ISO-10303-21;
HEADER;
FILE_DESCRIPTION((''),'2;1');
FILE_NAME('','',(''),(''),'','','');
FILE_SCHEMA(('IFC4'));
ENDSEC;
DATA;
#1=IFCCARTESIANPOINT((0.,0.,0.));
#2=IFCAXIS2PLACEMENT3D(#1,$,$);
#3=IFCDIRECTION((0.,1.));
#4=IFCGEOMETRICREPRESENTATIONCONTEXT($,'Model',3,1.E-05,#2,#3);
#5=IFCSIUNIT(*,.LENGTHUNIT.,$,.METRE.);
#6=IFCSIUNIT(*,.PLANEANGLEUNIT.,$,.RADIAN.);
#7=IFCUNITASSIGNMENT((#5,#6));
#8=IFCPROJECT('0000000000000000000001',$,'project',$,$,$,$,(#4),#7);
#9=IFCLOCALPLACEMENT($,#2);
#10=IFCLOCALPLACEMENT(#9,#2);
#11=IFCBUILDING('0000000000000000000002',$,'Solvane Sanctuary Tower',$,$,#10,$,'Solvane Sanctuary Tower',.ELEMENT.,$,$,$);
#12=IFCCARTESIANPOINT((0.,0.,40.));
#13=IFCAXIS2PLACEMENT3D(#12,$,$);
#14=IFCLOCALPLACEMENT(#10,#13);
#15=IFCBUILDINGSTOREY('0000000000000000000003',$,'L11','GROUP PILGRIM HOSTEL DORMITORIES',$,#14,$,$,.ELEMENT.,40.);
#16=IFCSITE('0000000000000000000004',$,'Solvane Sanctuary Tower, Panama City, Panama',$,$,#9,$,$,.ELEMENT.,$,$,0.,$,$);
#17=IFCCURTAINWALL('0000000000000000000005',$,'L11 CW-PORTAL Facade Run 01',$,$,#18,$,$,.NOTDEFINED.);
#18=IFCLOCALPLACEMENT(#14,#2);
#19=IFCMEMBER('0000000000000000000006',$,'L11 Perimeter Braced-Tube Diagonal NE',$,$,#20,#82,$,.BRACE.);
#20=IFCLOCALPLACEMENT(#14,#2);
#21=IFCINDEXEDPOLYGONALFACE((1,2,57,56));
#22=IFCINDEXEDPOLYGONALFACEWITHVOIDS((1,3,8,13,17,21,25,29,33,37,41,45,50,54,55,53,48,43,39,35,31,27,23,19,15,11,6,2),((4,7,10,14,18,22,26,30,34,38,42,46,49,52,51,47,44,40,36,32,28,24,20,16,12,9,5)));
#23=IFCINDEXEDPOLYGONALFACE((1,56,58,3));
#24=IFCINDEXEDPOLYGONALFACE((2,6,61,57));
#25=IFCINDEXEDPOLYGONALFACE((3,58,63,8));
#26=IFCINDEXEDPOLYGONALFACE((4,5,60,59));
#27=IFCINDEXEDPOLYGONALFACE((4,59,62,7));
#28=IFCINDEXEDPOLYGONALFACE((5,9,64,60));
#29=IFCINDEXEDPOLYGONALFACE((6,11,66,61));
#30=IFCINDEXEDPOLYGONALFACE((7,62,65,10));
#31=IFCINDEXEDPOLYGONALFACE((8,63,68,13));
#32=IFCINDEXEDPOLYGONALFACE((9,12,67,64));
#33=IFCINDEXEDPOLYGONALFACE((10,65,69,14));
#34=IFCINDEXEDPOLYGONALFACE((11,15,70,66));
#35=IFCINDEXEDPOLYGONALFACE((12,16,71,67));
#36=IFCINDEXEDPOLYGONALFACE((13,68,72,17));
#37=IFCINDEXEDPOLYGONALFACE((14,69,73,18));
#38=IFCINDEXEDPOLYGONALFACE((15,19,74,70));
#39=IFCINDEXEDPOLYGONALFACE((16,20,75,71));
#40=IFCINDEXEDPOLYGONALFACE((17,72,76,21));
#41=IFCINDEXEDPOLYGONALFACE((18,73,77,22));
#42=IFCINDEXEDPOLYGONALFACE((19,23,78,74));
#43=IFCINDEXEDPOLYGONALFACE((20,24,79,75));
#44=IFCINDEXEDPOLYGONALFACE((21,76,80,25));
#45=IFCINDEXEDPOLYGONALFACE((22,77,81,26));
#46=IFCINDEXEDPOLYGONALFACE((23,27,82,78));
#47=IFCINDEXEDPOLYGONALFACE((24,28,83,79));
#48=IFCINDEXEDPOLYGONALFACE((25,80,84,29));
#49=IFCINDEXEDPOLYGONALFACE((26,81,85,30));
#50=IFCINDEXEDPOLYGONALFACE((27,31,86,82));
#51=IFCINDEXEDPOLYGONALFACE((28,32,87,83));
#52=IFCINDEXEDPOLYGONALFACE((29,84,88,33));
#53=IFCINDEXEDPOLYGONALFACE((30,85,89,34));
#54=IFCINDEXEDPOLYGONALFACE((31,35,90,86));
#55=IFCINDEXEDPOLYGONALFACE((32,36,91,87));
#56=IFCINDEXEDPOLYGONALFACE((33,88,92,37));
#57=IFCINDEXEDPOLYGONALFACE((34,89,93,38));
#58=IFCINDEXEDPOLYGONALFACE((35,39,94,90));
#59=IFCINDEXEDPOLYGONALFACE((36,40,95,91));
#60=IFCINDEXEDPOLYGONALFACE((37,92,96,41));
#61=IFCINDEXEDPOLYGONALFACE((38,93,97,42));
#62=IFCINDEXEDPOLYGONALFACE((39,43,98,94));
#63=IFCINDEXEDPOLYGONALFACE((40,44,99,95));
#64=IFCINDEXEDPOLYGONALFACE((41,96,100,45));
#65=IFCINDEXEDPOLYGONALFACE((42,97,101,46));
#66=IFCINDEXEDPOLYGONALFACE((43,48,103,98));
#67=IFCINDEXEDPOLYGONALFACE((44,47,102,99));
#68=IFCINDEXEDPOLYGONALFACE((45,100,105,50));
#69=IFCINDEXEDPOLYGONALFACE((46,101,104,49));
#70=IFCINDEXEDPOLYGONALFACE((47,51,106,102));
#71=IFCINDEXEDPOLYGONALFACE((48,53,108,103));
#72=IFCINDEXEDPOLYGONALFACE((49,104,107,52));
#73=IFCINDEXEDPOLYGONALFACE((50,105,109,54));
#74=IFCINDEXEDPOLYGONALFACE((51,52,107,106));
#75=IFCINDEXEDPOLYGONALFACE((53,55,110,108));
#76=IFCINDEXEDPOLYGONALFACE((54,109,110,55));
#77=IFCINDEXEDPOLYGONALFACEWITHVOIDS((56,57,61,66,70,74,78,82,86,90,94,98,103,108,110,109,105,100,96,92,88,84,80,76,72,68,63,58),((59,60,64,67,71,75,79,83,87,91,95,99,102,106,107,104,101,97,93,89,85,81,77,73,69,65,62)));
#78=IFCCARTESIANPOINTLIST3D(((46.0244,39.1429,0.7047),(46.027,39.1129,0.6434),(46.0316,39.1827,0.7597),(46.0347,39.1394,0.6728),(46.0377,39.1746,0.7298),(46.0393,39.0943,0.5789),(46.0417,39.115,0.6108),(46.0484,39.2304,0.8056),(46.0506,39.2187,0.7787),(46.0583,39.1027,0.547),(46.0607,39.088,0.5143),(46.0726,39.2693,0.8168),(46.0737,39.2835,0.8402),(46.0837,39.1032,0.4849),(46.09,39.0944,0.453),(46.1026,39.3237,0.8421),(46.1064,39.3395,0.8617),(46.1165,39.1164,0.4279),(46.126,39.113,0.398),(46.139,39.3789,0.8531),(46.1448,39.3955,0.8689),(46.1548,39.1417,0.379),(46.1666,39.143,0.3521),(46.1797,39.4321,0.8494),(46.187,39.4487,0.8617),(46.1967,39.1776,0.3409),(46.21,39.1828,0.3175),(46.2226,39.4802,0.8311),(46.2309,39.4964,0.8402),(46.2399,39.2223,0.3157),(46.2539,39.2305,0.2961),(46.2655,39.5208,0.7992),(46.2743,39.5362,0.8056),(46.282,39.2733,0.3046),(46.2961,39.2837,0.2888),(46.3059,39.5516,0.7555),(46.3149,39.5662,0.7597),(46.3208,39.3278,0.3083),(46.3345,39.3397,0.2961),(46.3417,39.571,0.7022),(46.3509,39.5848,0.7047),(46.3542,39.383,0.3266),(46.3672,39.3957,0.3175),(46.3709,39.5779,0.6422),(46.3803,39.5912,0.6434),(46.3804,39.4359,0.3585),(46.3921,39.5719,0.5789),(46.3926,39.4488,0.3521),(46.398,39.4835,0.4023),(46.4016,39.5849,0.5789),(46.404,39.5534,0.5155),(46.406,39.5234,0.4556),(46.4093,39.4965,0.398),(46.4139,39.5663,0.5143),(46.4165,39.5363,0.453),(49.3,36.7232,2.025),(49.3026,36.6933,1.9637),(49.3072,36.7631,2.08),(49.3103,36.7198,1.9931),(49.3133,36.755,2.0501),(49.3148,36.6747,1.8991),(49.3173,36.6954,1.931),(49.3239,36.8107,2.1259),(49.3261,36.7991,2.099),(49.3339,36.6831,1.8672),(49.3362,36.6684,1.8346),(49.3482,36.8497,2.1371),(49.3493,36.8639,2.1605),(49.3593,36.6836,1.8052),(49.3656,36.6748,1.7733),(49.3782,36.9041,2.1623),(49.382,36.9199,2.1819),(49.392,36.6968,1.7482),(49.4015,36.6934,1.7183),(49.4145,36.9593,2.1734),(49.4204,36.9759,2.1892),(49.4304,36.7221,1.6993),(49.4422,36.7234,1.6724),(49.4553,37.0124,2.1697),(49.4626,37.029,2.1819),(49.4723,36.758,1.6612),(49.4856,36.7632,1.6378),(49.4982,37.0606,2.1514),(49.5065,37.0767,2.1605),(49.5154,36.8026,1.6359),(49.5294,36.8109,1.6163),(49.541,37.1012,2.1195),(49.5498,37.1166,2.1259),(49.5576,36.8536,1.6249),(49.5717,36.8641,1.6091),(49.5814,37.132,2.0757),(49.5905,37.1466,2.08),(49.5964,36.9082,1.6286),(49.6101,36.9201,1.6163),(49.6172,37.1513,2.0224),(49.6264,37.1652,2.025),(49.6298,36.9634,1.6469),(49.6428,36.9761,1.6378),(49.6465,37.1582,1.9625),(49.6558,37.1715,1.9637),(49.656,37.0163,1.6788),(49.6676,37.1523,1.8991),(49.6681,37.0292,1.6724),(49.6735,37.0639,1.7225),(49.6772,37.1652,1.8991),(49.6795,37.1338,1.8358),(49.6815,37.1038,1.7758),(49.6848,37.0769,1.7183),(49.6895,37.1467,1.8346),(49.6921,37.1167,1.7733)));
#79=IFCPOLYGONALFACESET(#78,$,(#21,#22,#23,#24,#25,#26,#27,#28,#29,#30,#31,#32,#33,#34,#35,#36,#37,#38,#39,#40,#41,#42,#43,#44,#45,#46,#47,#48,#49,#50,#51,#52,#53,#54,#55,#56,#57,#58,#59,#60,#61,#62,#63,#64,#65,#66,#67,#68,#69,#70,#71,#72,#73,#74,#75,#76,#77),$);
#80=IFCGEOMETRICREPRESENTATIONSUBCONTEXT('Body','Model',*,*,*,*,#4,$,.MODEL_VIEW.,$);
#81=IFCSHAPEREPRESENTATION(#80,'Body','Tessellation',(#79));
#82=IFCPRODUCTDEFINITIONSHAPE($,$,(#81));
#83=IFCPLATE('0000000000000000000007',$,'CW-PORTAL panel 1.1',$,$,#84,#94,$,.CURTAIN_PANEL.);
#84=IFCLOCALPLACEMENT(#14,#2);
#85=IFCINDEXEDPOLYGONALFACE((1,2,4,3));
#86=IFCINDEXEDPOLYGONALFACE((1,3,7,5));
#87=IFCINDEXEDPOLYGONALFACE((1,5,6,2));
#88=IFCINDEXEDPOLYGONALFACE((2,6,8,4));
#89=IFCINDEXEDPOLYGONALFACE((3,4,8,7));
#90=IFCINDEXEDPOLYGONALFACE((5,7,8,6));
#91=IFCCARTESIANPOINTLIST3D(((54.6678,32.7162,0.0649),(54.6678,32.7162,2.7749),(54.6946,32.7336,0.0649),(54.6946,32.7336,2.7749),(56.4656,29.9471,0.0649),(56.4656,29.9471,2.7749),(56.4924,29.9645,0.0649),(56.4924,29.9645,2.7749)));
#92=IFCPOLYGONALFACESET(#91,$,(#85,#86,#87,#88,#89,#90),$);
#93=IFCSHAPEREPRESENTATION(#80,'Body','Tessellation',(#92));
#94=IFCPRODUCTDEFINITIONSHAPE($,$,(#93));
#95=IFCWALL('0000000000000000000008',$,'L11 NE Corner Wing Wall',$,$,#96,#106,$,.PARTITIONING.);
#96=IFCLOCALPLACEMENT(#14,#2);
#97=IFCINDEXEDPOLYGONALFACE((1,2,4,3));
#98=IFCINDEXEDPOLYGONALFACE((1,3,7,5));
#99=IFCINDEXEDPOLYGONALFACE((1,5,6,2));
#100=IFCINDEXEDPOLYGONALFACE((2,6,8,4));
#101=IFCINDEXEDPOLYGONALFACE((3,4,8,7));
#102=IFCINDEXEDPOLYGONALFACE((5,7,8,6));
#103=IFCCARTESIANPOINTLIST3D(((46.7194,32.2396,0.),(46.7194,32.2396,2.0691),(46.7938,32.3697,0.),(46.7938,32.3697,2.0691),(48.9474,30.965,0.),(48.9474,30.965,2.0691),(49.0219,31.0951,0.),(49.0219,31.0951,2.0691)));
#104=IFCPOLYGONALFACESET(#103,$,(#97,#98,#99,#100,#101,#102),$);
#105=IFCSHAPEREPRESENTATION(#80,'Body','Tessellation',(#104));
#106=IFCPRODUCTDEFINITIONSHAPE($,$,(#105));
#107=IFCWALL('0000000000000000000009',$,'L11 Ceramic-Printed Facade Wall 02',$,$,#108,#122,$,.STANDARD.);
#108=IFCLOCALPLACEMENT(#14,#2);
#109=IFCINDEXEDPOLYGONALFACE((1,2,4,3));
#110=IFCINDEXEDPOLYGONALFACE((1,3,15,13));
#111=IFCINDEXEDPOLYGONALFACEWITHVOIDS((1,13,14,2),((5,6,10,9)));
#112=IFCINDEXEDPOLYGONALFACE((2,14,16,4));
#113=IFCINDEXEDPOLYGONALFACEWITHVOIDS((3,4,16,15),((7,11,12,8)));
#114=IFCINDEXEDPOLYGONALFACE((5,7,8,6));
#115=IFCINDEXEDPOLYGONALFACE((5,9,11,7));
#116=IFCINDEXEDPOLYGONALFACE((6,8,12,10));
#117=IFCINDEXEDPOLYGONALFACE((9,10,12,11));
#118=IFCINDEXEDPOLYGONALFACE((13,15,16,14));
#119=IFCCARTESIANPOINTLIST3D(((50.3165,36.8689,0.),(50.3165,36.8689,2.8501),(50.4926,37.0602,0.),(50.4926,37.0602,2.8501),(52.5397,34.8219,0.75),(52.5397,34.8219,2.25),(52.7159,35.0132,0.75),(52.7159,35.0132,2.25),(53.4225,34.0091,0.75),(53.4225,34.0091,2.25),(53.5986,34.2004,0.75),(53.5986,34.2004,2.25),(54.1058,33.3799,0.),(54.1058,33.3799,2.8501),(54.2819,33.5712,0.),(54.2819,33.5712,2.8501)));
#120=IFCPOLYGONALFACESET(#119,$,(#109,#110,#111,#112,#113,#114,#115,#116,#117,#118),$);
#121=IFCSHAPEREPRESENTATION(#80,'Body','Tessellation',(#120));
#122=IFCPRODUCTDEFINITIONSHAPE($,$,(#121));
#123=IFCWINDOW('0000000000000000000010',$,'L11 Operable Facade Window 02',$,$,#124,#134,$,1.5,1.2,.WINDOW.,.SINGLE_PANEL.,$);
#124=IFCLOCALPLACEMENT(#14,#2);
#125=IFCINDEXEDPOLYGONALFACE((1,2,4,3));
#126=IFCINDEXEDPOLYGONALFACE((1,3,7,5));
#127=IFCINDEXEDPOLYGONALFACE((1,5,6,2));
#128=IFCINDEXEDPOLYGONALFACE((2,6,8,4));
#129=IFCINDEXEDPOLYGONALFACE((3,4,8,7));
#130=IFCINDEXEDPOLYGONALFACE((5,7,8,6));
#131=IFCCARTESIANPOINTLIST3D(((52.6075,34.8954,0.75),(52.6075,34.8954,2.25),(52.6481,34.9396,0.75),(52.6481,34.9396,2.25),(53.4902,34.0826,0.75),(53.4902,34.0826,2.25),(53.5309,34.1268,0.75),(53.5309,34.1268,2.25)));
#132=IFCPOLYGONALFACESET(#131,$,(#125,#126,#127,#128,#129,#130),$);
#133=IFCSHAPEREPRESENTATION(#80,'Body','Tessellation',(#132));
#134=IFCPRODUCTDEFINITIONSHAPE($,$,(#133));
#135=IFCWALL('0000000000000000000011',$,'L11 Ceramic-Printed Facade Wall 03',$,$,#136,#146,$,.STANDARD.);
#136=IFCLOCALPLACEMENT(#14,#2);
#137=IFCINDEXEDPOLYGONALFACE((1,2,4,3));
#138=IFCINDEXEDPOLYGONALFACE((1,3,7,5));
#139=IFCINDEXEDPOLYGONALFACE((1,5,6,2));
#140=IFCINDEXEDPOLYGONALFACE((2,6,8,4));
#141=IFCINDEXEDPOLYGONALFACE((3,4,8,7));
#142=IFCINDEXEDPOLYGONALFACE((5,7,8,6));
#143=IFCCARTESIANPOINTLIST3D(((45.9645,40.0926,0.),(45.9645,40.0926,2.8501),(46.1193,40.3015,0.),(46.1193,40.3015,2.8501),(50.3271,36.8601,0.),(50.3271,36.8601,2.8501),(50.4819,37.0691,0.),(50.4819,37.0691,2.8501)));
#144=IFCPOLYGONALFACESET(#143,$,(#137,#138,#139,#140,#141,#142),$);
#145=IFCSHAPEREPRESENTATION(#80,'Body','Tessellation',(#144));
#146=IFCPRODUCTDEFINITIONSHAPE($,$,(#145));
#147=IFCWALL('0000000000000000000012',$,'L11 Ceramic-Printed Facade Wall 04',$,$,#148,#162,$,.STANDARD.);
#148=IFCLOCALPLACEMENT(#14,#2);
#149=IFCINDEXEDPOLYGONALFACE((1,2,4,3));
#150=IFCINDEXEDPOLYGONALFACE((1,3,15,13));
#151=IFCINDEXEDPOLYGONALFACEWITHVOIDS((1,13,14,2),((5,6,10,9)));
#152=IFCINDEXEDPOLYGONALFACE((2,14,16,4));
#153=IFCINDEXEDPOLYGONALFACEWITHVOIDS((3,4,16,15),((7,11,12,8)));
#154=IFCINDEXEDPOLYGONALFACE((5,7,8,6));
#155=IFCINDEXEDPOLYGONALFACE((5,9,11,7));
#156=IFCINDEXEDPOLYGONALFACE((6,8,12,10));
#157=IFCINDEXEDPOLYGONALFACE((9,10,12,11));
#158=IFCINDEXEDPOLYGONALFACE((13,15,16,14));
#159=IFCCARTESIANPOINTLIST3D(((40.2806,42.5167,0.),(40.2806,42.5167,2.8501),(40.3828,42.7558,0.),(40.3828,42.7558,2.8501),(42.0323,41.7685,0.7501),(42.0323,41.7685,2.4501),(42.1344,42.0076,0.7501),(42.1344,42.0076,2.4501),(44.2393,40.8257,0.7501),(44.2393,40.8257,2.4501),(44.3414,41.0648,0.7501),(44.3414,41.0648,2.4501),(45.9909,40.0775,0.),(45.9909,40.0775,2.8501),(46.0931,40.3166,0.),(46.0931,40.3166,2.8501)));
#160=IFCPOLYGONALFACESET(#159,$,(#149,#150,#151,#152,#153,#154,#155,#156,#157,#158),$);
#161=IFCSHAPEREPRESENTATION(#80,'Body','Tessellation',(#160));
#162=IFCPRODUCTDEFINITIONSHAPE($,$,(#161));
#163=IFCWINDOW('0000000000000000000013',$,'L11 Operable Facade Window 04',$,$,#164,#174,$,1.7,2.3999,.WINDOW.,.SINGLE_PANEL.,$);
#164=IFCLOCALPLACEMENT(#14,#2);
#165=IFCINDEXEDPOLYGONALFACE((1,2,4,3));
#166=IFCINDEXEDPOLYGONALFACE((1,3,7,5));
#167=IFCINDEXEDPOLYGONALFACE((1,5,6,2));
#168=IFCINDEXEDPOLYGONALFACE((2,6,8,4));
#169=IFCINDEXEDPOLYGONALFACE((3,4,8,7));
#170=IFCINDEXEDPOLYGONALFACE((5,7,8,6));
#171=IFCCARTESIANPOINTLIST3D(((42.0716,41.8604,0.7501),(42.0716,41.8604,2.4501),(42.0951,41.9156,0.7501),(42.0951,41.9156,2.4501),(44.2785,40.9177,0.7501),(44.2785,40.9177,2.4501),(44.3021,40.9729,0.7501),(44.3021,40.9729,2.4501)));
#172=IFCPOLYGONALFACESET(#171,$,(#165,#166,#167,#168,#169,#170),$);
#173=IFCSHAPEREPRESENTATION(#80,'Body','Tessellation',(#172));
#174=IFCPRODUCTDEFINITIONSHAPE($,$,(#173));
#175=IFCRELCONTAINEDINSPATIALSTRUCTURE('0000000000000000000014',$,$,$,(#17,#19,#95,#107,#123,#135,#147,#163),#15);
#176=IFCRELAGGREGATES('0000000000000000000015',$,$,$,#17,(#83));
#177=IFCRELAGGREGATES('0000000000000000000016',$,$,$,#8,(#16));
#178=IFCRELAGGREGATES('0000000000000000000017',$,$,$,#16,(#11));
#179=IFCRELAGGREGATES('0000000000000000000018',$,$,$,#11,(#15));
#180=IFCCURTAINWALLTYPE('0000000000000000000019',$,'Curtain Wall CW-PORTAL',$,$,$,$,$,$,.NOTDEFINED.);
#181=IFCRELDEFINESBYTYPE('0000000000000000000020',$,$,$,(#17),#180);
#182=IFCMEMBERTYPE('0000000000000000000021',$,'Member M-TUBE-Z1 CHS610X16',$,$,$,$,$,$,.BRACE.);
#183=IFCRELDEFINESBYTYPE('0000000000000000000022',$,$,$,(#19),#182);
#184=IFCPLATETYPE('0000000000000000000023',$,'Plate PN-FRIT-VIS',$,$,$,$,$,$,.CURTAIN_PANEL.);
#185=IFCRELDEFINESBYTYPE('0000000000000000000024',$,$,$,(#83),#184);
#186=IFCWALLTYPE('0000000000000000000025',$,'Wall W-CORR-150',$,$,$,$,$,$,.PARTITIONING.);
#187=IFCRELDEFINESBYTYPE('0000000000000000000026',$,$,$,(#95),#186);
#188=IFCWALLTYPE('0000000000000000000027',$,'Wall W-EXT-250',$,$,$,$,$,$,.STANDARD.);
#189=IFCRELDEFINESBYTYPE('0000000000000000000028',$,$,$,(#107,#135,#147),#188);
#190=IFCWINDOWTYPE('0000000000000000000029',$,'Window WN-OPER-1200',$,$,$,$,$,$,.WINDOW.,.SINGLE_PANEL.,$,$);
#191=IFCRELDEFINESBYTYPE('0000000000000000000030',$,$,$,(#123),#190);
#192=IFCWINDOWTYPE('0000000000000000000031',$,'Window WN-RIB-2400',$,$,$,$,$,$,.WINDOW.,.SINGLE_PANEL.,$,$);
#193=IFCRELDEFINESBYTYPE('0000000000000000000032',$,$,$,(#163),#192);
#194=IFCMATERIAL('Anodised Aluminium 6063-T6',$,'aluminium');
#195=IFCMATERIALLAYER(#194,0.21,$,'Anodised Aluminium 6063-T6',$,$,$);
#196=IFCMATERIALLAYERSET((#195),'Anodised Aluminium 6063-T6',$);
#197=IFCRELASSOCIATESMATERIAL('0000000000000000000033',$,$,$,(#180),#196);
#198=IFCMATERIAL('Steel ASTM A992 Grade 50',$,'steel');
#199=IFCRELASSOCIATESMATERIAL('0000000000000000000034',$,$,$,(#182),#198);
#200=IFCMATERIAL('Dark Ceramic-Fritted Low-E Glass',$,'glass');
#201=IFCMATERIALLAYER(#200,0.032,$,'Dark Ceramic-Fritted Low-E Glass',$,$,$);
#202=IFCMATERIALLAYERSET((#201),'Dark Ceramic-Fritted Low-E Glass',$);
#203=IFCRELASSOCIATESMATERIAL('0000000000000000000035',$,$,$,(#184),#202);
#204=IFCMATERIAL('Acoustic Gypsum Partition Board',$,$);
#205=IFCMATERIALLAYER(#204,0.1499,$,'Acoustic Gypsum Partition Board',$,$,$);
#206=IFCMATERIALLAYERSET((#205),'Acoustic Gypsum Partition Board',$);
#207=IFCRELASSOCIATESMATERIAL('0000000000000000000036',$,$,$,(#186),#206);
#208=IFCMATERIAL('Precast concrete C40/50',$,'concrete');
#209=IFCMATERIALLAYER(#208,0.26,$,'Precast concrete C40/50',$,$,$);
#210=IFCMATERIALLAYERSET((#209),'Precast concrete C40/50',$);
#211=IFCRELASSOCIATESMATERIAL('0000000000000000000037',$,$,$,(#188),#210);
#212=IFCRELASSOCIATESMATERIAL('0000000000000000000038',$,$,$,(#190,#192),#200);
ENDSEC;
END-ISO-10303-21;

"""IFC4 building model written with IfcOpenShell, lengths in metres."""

from ifc_helpers import new_model, si_unit, direction, frame, frame_2d, origin, origin_2d, place, context, subcontext, project, spatial, rectangle, hollow_circle, extrude, material, layer, layer_set, material_profile, profile_set, type_object, element, fill, aggregate, save


model = new_model("IFC4")

# Units and contexts
model_context = context("Model", 3, precision=1e-05, world=origin(), true_north=direction((0.0, 1.0)))
body_context = subcontext(model_context, "Body", "Model", "MODEL_VIEW")
ifc_project = project(units=[si_unit("LENGTHUNIT", "METRE"), si_unit("PLANEANGLEUNIT", "RADIAN")], contexts=[model_context])

# Site, building, storey
site_placement = place(None, origin())
site = spatial("IfcSite", under=ifc_project, at=site_placement, Name="Solvane Sanctuary Tower, Panama City, Panama", CompositionType="ELEMENT", RefElevation=0.0)
building_placement = place(site_placement, origin())
building = spatial("IfcBuilding", under=site, at=building_placement, Name="Solvane Sanctuary Tower", LongName="Solvane Sanctuary Tower", CompositionType="ELEMENT")
storey_placement = place(building_placement, frame((0.0, 0.0, 40.0)))
storey = spatial("IfcBuildingStorey", under=building, at=storey_placement, Name="L11", Description="GROUP PILGRIM HOSTEL DORMITORIES", CompositionType="ELEMENT", Elevation=40.0)

# Shared definitions
ifc_material_1 = material(Name="Steel ASTM A992 Grade 50", Category="steel")

# Curtain wall
ifc_material_2 = material(Name="Anodised Aluminium 6063-T6", Category="aluminium")
ifc_layer_1 = layer(ifc_material_2, 0.21, Name="Anodised Aluminium 6063-T6")
ifc_layer_set_1 = layer_set([ifc_layer_1], Name="Anodised Aluminium 6063-T6")
curtain_wall_type = type_object("IfcCurtainWallType", Name="Curtain Wall CW-PORTAL", PredefinedType="NOTDEFINED", material=ifc_layer_set_1)
curtain_wall_placement = place(storey_placement, origin())
curtain_wall = element("IfcCurtainWall", 1, at=curtain_wall_placement, inside=storey, type_object=curtain_wall_type, Name="L11 CW-PORTAL Facade Run 01", PredefinedType="NOTDEFINED")

# Member
ifc_material_profile_1 = material_profile(ifc_material_1, hollow_circle(Radius=0.3049, WallThickness=0.0161, at=origin_2d()), Name="CHS610X16")
ifc_profile_set_1 = profile_set([ifc_material_profile_1], Name="Steel ASTM A992 Grade 50")
member_type_1 = type_object("IfcMemberType", Name="Member M-TUBE-Z1 CHS610X16", PredefinedType="BRACE", material=ifc_profile_set_1)
member_1_placement = place(storey_placement, frame((46.2205, 39.3396, 0.5789), z_axis=(0.765138, -0.5652, 0.308405), x_axis=(0.594162, 0.804346, 0.0)))
element("IfcMember", 2, at=member_1_placement, inside=storey, type_object=member_type_1, Name="L11 Perimeter Braced-Tube Diagonal NE", PredefinedType="BRACE", context=body_context, shape_type="SweptSolid", body=[
    extrude(hollow_circle(Radius=0.3049, WallThickness=0.0161, at=origin_2d()), origin(), (0.0, 0.0, 1.0), 4.281),
])

# Plate
ifc_material_3 = material(Name="Dark Ceramic-Fritted Low-E Glass", Category="glass")
ifc_layer_2 = layer(ifc_material_3, 0.032, Name="Dark Ceramic-Fritted Low-E Glass")
ifc_layer_set_2 = layer_set([ifc_layer_2], Name="Dark Ceramic-Fritted Low-E Glass")
plate_type = type_object("IfcPlateType", Name="Plate PN-FRIT-VIS", PredefinedType="CURTAIN_PANEL", material=ifc_layer_set_2)
plate_placement = place(storey_placement, frame((55.5801, 31.3403, 0.0649), z_axis=(0.0, 0.0, 1.0), x_axis=(-0.544543, 0.838733, 0.0)))
plate = element("IfcPlate", 3, at=plate_placement, type_object=plate_type, Name="CW-PORTAL panel 1.1", PredefinedType="CURTAIN_PANEL", context=body_context, shape_type="SweptSolid", body=[
    extrude(rectangle(XDim=3.3015, YDim=0.032, at=origin_2d()), origin(), (0.0, 0.0, 1.0), 2.71),
])
aggregate(curtain_wall, [plate])

# Wall
ifc_material_4 = material(Name="Acoustic Gypsum Partition Board")
ifc_layer_3 = layer(ifc_material_4, 0.1499, Name="Acoustic Gypsum Partition Board")
ifc_layer_set_3 = layer_set([ifc_layer_3], Name="Acoustic Gypsum Partition Board")
wall_type_1 = type_object("IfcWallType", Name="Wall W-CORR-150", PredefinedType="PARTITIONING", material=ifc_layer_set_3)
wall_1_placement = place(storey_placement, frame((46.7566, 32.3047, 0.0), z_axis=(0.0, 0.0, 1.0), x_axis=(0.867991, -0.496579, 0.0)))
element("IfcWall", 4, at=wall_1_placement, inside=storey, type_object=wall_type_1, Name="L11 NE Corner Wing Wall", PredefinedType="PARTITIONING", context=body_context, shape_type="SweptSolid", body=[
    extrude(rectangle(XDim=2.5669, YDim=0.1499, at=frame_2d((1.2834, 0.0))), origin(), (0.0, 0.0, 1.0), 2.0691),
])

# Wall, opening, window
ifc_material_5 = material(Name="Precast concrete C40/50", Category="concrete")
ifc_layer_4 = layer(ifc_material_5, 0.26, Name="Precast concrete C40/50")
ifc_layer_set_4 = layer_set([ifc_layer_4], Name="Precast concrete C40/50")
wall_type_2 = type_object("IfcWallType", Name="Wall W-EXT-250", PredefinedType="STANDARD", material=ifc_layer_set_4)
wall_2_placement = place(storey_placement, frame((54.1938, 33.4756, 0.0), z_axis=(0.0, 0.0, 1.0), x_axis=(-0.735655, 0.677356, 0.0)))
wall_2 = element("IfcWall", 5, at=wall_2_placement, inside=storey, type_object=wall_type_2, Name="L11 Ceramic-Printed Facade Wall 02", PredefinedType="STANDARD", context=body_context, shape_type="SweptSolid", body=[
    extrude(rectangle(XDim=5.1509, YDim=0.26, at=frame_2d((2.5754, 0.0))), origin(), (0.0, 0.0, 1.0), 2.8501),
])
opening_1_placement = place(wall_2_placement, frame((0.9287, 0.0, 0.75)))
opening_1 = element("IfcOpeningElement", 6, at=opening_1_placement, cuts=wall_2, PredefinedType="OPENING", context=body_context, shape_type="SweptSolid", body=[
    extrude(rectangle(XDim=1.2, YDim=1.5, at=frame_2d((0.6001, 0.75))), frame((0.0, 0.1399, 0.0), z_axis=(0.0, -1.0, 0.0), x_axis=(1.0, 0.0, 0.0)), (0.0, 0.0, 1.0), 0.28),
])
window_type_1 = type_object("IfcWindowType", Name="Window WN-OPER-1200", PartitioningType="SINGLE_PANEL", PredefinedType="WINDOW", material=ifc_material_3)
window_1_placement = place(opening_1_placement, origin())
window_1 = element("IfcWindow", 7, at=window_1_placement, inside=storey, type_object=window_type_1, Name="L11 Operable Facade Window 02", OverallHeight=1.5, OverallWidth=1.2, PartitioningType="SINGLE_PANEL", PredefinedType="WINDOW", context=body_context, shape_type="SweptSolid", body=[
    extrude(rectangle(XDim=1.2, YDim=1.5, at=frame_2d((0.6001, 0.75))), frame((0.0, 0.03, 0.0), z_axis=(0.0, -1.0, 0.0), x_axis=(1.0, 0.0, 0.0)), (0.0, 0.0, 1.0), 0.0601),
])
fill(opening_1, window_1)

# Wall
wall_3_placement = place(storey_placement, frame((50.4045, 36.9646, 0.0), z_axis=(0.0, 0.0, 1.0), x_axis=(-0.803478, 0.595335, 0.0)))
element("IfcWall", 8, at=wall_3_placement, inside=storey, type_object=wall_type_2, Name="L11 Ceramic-Printed Facade Wall 03", PredefinedType="STANDARD", context=body_context, shape_type="SweptSolid", body=[
    extrude(rectangle(XDim=5.4297, YDim=0.26, at=frame_2d((2.7148, 0.0))), origin(), (0.0, 0.0, 1.0), 2.8501),
])

# Wall, opening, window
wall_4_placement = place(storey_placement, frame((46.042, 40.197, 0.0), z_axis=(0.0, 0.0, 1.0), x_axis=(-0.919612, 0.392828, 0.0)))
wall_4 = element("IfcWall", 9, at=wall_4_placement, inside=storey, type_object=wall_type_2, Name="L11 Ceramic-Printed Facade Wall 04", PredefinedType="STANDARD", context=body_context, shape_type="SweptSolid", body=[
    extrude(rectangle(XDim=6.2095, YDim=0.26, at=frame_2d((3.1047, 0.0))), origin(), (0.0, 0.0, 1.0), 2.8501),
])
opening_2_placement = place(wall_4_placement, frame((1.9048, 0.0, 0.75)))
opening_2 = element("IfcOpeningElement", 10, at=opening_2_placement, cuts=wall_4, PredefinedType="OPENING", context=body_context, shape_type="SweptSolid", body=[
    extrude(rectangle(XDim=2.3999, YDim=1.7, at=frame_2d((1.2, 0.8501))), frame((0.0, 0.1399, 0.0), z_axis=(0.0, -1.0, 0.0), x_axis=(1.0, 0.0, 0.0)), (0.0, 0.0, 1.0), 0.28),
])
window_type_2 = type_object("IfcWindowType", Name="Window WN-RIB-2400", PartitioningType="SINGLE_PANEL", PredefinedType="WINDOW", material=ifc_material_3)
window_2_placement = place(opening_2_placement, origin())
window_2 = element("IfcWindow", 11, at=window_2_placement, inside=storey, type_object=window_type_2, Name="L11 Operable Facade Window 04", OverallHeight=1.7, OverallWidth=2.3999, PartitioningType="SINGLE_PANEL", PredefinedType="WINDOW", context=body_context, shape_type="SweptSolid", body=[
    extrude(rectangle(XDim=2.3999, YDim=1.7, at=frame_2d((1.2, 0.8501))), frame((0.0, 0.03, 0.0), z_axis=(0.0, -1.0, 0.0), x_axis=(1.0, 0.0, 0.0)), (0.0, 0.0, 1.0), 0.0601),
])
fill(opening_2, window_2)

save(model, "model.ifc")
